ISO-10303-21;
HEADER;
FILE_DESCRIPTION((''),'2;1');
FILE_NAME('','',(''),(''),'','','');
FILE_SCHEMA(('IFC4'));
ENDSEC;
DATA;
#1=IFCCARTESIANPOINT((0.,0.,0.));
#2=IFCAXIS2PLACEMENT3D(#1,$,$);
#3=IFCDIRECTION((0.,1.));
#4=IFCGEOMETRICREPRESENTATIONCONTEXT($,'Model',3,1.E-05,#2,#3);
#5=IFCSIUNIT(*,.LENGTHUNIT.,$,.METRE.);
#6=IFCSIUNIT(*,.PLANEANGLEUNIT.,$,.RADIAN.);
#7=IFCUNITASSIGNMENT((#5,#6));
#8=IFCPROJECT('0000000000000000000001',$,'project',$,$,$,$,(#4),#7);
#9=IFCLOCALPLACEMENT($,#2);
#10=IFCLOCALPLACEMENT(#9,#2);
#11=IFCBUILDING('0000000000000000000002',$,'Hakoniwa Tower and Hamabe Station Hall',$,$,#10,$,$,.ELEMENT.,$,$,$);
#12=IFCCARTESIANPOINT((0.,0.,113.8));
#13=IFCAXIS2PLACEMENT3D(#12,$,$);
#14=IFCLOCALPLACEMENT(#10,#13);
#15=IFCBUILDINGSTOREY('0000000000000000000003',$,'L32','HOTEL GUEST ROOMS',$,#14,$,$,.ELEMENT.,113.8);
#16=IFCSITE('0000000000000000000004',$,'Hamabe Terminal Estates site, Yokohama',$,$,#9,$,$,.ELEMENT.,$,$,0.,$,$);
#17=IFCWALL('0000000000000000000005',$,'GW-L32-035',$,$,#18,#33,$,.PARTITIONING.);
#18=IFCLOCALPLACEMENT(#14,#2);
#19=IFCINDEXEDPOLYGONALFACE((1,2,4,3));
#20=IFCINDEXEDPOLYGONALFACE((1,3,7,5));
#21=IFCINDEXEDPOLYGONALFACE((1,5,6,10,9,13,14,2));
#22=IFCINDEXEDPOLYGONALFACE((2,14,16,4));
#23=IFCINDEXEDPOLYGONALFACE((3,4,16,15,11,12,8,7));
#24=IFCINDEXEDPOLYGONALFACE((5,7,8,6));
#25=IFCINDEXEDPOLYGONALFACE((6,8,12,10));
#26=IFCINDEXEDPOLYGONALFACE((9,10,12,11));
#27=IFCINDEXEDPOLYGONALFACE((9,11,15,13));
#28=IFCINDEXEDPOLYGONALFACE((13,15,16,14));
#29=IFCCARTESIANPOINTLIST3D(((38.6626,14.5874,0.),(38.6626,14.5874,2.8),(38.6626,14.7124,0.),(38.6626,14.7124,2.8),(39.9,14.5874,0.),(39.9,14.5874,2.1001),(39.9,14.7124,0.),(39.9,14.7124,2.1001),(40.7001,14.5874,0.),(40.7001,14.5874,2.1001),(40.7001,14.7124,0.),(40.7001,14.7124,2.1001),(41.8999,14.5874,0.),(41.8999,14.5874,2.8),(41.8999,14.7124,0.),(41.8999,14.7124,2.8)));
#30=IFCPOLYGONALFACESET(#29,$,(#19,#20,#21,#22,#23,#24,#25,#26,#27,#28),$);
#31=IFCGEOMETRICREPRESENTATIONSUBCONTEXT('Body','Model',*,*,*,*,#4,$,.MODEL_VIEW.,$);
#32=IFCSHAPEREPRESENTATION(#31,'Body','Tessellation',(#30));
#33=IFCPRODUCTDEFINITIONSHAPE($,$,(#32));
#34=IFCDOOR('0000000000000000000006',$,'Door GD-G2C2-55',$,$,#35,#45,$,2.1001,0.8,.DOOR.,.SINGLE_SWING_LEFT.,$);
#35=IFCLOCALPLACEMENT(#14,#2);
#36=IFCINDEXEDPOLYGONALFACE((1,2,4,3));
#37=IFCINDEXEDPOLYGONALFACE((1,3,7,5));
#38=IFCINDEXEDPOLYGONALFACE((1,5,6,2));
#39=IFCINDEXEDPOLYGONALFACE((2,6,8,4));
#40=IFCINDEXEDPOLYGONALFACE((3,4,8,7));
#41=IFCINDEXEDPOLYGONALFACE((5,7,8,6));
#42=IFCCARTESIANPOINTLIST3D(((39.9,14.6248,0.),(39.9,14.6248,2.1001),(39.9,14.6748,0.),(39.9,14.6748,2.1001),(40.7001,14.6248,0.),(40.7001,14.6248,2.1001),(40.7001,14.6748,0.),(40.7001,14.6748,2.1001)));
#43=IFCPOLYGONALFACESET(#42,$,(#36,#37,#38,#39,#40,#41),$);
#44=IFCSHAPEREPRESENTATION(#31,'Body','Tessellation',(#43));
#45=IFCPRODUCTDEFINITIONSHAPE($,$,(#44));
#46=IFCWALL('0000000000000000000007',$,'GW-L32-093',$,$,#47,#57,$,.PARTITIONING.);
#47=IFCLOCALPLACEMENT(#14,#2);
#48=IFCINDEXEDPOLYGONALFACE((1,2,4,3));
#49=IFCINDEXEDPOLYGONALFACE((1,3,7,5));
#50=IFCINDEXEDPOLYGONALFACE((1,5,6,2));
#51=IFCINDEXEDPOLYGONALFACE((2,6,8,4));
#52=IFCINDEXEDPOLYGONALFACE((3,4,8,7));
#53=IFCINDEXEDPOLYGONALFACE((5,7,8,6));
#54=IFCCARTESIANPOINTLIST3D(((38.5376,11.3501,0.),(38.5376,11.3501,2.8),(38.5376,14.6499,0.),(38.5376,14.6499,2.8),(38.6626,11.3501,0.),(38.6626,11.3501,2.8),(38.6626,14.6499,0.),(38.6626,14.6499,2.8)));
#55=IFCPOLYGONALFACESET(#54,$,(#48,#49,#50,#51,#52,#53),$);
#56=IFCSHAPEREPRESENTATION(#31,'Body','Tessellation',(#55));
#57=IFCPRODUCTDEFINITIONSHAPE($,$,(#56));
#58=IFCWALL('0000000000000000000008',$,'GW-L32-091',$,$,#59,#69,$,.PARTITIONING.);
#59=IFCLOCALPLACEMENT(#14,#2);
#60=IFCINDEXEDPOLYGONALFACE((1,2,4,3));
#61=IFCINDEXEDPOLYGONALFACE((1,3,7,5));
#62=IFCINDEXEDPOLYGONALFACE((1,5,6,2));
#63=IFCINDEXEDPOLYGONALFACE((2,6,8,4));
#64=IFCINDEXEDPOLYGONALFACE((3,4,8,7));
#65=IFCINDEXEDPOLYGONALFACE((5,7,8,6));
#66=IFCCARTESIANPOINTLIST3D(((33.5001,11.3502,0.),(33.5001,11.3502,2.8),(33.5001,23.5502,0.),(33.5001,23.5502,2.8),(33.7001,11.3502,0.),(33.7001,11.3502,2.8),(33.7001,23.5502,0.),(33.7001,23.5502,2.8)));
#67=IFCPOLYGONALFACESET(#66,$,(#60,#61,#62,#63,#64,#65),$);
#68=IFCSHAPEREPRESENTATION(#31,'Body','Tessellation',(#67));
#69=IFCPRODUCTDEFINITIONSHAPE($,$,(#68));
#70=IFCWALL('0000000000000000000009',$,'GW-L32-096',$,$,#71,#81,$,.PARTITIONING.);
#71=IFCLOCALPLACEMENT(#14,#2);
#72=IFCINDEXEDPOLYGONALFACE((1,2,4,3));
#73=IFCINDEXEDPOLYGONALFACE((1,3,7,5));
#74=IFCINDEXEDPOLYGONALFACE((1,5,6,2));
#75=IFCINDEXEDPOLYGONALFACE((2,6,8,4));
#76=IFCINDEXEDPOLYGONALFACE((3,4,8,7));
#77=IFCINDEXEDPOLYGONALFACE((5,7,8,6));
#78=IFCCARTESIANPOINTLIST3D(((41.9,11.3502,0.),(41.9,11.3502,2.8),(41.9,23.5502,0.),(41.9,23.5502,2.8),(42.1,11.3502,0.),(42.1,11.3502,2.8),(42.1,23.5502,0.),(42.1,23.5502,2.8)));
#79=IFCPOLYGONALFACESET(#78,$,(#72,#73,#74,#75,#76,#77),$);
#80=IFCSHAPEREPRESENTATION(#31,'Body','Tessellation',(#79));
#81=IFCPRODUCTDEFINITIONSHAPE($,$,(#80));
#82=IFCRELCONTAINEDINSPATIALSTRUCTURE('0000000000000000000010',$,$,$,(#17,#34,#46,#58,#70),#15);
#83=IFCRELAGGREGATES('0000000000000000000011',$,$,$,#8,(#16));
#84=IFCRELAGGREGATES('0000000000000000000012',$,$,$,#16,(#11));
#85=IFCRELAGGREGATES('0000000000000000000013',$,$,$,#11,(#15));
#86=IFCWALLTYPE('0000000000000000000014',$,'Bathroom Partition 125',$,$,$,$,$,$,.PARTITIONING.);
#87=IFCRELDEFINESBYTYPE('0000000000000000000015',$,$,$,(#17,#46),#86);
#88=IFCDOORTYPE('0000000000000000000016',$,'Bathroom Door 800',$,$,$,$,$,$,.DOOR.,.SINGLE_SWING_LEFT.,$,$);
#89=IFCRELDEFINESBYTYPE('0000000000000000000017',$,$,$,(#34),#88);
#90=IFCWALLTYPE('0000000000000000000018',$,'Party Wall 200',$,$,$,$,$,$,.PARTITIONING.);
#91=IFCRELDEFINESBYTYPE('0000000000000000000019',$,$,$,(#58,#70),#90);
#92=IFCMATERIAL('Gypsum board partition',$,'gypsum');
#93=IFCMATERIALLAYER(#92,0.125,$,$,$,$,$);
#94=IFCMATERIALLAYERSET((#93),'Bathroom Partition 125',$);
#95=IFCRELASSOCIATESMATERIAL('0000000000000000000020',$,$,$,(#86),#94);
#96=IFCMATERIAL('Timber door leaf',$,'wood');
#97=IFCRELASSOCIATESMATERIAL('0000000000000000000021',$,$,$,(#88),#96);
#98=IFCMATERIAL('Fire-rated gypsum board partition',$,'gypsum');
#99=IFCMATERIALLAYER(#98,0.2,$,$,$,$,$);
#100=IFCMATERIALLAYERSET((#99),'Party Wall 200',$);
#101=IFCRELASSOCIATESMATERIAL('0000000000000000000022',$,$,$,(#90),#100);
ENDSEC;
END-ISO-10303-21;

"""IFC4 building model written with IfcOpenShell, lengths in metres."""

from ifc_helpers import new_model, si_unit, direction, frame, frame_2d, origin, place, context, subcontext, project, spatial, rectangle, extrude, material, layer, layer_set, type_object, element, fill, save


model = new_model("IFC4")

# Units and contexts
model_context = context("Model", 3, precision=1e-05, world=origin(), true_north=direction((0.0, 1.0)))
body_context = subcontext(model_context, "Body", "Model", "MODEL_VIEW")
ifc_project = project(units=[si_unit("LENGTHUNIT", "METRE"), si_unit("PLANEANGLEUNIT", "RADIAN")], contexts=[model_context])

# Site, building, storey
site_placement = place(None, origin())
site = spatial("IfcSite", under=ifc_project, at=site_placement, Name="Hamabe Terminal Estates site, Yokohama", CompositionType="ELEMENT", RefElevation=0.0)
building_placement = place(site_placement, origin())
building = spatial("IfcBuilding", under=site, at=building_placement, Name="Hakoniwa Tower and Hamabe Station Hall", CompositionType="ELEMENT")
storey_placement = place(building_placement, frame((0.0, 0.0, 113.8)))
storey = spatial("IfcBuildingStorey", under=building, at=storey_placement, Name="L32", Description="HOTEL GUEST ROOMS", CompositionType="ELEMENT", Elevation=113.8)

# Shared definitions
ifc_material_1 = material(Name="Gypsum board partition", Category="gypsum")
ifc_layer_1 = layer(ifc_material_1, 0.125)
ifc_layer_set_1 = layer_set([ifc_layer_1], Name="Bathroom Partition 125")
wall_type_1 = type_object("IfcWallType", Name="Bathroom Partition 125", PredefinedType="PARTITIONING", material=ifc_layer_set_1)

# Wall, opening, door
wall_1_placement = place(storey_placement, frame((38.6626, 14.6499, 0.0), z_axis=(0.0, 0.0, 1.0), x_axis=(1.0, 0.0, 0.0)))
wall_1 = element("IfcWall", 1, at=wall_1_placement, inside=storey, type_object=wall_type_1, Name="GW-L32-035", PredefinedType="PARTITIONING", context=body_context, shape_type="SweptSolid", body=[
    extrude(rectangle(XDim=3.2373, YDim=0.125, at=frame_2d((1.6187, 0.0))), origin(), (0.0, 0.0, 1.0), 2.8),
])
opening_placement = place(wall_1_placement, frame((1.2375, 0.0, 0.0)))
opening = element("IfcOpeningElement", 2, at=opening_placement, cuts=wall_1, PredefinedType="OPENING", context=body_context, shape_type="SweptSolid", body=[
    extrude(rectangle(XDim=0.8, YDim=2.1001, at=frame_2d((0.3999, 1.05))), frame((0.0, 0.0725, 0.0), z_axis=(0.0, -1.0, 0.0), x_axis=(1.0, 0.0, 0.0)), (0.0, 0.0, 1.0), 0.145),
])
ifc_material_2 = material(Name="Timber door leaf", Category="wood")
door_type = type_object("IfcDoorType", Name="Bathroom Door 800", OperationType="SINGLE_SWING_LEFT", PredefinedType="DOOR", material=ifc_material_2)
door_placement = place(opening_placement, origin())
door = element("IfcDoor", 3, at=door_placement, inside=storey, type_object=door_type, Name="Door GD-G2C2-55", OperationType="SINGLE_SWING_LEFT", OverallHeight=2.1001, OverallWidth=0.8, PredefinedType="DOOR", context=body_context, shape_type="SweptSolid", body=[
    extrude(rectangle(XDim=0.8, YDim=2.1001, at=frame_2d((0.3999, 1.05))), frame((0.0, 0.0249, 0.0), z_axis=(0.0, -1.0, 0.0), x_axis=(1.0, 0.0, 0.0)), (0.0, 0.0, 1.0), 0.05),
])
fill(opening, door)

# Walls
wall_2_placement = place(storey_placement, frame((38.6001, 11.3501, 0.0), z_axis=(0.0, 0.0, 1.0), x_axis=(0.0, 1.0, 0.0)))
element("IfcWall", 4, at=wall_2_placement, inside=storey, type_object=wall_type_1, Name="GW-L32-093", PredefinedType="PARTITIONING", context=body_context, shape_type="SweptSolid", body=[
    extrude(rectangle(XDim=3.2998, YDim=0.125, at=frame_2d((1.6499, 0.0))), origin(), (0.0, 0.0, 1.0), 2.8),
])
ifc_material_3 = material(Name="Fire-rated gypsum board partition", Category="gypsum")
ifc_layer_2 = layer(ifc_material_3, 0.2)
ifc_layer_set_2 = layer_set([ifc_layer_2], Name="Party Wall 200")
wall_type_2 = type_object("IfcWallType", Name="Party Wall 200", PredefinedType="PARTITIONING", material=ifc_layer_set_2)
for number, where, z_axis, x_axis, name in (
    (5, (33.6001, 11.3501, 0.0), (0.0, 0.0, 1.0), (0.0, 1.0, 0.0), "GW-L32-091"),
    (6, (42.0, 11.3501, 0.0), (0.0, 0.0, 1.0), (0.0, 1.0, 0.0), "GW-L32-096"),
):
    element("IfcWall", number, at=place(storey_placement, frame(where, z_axis=z_axis, x_axis=x_axis)), inside=storey, type_object=wall_type_2, Name=name, PredefinedType="PARTITIONING", context=body_context, shape_type="SweptSolid", body=[
        extrude(rectangle(XDim=12.2, YDim=0.2, at=frame_2d((6.1001, 0.0))), origin(), (0.0, 0.0, 1.0), 2.8),
    ])

save(model, "model.ifc")
